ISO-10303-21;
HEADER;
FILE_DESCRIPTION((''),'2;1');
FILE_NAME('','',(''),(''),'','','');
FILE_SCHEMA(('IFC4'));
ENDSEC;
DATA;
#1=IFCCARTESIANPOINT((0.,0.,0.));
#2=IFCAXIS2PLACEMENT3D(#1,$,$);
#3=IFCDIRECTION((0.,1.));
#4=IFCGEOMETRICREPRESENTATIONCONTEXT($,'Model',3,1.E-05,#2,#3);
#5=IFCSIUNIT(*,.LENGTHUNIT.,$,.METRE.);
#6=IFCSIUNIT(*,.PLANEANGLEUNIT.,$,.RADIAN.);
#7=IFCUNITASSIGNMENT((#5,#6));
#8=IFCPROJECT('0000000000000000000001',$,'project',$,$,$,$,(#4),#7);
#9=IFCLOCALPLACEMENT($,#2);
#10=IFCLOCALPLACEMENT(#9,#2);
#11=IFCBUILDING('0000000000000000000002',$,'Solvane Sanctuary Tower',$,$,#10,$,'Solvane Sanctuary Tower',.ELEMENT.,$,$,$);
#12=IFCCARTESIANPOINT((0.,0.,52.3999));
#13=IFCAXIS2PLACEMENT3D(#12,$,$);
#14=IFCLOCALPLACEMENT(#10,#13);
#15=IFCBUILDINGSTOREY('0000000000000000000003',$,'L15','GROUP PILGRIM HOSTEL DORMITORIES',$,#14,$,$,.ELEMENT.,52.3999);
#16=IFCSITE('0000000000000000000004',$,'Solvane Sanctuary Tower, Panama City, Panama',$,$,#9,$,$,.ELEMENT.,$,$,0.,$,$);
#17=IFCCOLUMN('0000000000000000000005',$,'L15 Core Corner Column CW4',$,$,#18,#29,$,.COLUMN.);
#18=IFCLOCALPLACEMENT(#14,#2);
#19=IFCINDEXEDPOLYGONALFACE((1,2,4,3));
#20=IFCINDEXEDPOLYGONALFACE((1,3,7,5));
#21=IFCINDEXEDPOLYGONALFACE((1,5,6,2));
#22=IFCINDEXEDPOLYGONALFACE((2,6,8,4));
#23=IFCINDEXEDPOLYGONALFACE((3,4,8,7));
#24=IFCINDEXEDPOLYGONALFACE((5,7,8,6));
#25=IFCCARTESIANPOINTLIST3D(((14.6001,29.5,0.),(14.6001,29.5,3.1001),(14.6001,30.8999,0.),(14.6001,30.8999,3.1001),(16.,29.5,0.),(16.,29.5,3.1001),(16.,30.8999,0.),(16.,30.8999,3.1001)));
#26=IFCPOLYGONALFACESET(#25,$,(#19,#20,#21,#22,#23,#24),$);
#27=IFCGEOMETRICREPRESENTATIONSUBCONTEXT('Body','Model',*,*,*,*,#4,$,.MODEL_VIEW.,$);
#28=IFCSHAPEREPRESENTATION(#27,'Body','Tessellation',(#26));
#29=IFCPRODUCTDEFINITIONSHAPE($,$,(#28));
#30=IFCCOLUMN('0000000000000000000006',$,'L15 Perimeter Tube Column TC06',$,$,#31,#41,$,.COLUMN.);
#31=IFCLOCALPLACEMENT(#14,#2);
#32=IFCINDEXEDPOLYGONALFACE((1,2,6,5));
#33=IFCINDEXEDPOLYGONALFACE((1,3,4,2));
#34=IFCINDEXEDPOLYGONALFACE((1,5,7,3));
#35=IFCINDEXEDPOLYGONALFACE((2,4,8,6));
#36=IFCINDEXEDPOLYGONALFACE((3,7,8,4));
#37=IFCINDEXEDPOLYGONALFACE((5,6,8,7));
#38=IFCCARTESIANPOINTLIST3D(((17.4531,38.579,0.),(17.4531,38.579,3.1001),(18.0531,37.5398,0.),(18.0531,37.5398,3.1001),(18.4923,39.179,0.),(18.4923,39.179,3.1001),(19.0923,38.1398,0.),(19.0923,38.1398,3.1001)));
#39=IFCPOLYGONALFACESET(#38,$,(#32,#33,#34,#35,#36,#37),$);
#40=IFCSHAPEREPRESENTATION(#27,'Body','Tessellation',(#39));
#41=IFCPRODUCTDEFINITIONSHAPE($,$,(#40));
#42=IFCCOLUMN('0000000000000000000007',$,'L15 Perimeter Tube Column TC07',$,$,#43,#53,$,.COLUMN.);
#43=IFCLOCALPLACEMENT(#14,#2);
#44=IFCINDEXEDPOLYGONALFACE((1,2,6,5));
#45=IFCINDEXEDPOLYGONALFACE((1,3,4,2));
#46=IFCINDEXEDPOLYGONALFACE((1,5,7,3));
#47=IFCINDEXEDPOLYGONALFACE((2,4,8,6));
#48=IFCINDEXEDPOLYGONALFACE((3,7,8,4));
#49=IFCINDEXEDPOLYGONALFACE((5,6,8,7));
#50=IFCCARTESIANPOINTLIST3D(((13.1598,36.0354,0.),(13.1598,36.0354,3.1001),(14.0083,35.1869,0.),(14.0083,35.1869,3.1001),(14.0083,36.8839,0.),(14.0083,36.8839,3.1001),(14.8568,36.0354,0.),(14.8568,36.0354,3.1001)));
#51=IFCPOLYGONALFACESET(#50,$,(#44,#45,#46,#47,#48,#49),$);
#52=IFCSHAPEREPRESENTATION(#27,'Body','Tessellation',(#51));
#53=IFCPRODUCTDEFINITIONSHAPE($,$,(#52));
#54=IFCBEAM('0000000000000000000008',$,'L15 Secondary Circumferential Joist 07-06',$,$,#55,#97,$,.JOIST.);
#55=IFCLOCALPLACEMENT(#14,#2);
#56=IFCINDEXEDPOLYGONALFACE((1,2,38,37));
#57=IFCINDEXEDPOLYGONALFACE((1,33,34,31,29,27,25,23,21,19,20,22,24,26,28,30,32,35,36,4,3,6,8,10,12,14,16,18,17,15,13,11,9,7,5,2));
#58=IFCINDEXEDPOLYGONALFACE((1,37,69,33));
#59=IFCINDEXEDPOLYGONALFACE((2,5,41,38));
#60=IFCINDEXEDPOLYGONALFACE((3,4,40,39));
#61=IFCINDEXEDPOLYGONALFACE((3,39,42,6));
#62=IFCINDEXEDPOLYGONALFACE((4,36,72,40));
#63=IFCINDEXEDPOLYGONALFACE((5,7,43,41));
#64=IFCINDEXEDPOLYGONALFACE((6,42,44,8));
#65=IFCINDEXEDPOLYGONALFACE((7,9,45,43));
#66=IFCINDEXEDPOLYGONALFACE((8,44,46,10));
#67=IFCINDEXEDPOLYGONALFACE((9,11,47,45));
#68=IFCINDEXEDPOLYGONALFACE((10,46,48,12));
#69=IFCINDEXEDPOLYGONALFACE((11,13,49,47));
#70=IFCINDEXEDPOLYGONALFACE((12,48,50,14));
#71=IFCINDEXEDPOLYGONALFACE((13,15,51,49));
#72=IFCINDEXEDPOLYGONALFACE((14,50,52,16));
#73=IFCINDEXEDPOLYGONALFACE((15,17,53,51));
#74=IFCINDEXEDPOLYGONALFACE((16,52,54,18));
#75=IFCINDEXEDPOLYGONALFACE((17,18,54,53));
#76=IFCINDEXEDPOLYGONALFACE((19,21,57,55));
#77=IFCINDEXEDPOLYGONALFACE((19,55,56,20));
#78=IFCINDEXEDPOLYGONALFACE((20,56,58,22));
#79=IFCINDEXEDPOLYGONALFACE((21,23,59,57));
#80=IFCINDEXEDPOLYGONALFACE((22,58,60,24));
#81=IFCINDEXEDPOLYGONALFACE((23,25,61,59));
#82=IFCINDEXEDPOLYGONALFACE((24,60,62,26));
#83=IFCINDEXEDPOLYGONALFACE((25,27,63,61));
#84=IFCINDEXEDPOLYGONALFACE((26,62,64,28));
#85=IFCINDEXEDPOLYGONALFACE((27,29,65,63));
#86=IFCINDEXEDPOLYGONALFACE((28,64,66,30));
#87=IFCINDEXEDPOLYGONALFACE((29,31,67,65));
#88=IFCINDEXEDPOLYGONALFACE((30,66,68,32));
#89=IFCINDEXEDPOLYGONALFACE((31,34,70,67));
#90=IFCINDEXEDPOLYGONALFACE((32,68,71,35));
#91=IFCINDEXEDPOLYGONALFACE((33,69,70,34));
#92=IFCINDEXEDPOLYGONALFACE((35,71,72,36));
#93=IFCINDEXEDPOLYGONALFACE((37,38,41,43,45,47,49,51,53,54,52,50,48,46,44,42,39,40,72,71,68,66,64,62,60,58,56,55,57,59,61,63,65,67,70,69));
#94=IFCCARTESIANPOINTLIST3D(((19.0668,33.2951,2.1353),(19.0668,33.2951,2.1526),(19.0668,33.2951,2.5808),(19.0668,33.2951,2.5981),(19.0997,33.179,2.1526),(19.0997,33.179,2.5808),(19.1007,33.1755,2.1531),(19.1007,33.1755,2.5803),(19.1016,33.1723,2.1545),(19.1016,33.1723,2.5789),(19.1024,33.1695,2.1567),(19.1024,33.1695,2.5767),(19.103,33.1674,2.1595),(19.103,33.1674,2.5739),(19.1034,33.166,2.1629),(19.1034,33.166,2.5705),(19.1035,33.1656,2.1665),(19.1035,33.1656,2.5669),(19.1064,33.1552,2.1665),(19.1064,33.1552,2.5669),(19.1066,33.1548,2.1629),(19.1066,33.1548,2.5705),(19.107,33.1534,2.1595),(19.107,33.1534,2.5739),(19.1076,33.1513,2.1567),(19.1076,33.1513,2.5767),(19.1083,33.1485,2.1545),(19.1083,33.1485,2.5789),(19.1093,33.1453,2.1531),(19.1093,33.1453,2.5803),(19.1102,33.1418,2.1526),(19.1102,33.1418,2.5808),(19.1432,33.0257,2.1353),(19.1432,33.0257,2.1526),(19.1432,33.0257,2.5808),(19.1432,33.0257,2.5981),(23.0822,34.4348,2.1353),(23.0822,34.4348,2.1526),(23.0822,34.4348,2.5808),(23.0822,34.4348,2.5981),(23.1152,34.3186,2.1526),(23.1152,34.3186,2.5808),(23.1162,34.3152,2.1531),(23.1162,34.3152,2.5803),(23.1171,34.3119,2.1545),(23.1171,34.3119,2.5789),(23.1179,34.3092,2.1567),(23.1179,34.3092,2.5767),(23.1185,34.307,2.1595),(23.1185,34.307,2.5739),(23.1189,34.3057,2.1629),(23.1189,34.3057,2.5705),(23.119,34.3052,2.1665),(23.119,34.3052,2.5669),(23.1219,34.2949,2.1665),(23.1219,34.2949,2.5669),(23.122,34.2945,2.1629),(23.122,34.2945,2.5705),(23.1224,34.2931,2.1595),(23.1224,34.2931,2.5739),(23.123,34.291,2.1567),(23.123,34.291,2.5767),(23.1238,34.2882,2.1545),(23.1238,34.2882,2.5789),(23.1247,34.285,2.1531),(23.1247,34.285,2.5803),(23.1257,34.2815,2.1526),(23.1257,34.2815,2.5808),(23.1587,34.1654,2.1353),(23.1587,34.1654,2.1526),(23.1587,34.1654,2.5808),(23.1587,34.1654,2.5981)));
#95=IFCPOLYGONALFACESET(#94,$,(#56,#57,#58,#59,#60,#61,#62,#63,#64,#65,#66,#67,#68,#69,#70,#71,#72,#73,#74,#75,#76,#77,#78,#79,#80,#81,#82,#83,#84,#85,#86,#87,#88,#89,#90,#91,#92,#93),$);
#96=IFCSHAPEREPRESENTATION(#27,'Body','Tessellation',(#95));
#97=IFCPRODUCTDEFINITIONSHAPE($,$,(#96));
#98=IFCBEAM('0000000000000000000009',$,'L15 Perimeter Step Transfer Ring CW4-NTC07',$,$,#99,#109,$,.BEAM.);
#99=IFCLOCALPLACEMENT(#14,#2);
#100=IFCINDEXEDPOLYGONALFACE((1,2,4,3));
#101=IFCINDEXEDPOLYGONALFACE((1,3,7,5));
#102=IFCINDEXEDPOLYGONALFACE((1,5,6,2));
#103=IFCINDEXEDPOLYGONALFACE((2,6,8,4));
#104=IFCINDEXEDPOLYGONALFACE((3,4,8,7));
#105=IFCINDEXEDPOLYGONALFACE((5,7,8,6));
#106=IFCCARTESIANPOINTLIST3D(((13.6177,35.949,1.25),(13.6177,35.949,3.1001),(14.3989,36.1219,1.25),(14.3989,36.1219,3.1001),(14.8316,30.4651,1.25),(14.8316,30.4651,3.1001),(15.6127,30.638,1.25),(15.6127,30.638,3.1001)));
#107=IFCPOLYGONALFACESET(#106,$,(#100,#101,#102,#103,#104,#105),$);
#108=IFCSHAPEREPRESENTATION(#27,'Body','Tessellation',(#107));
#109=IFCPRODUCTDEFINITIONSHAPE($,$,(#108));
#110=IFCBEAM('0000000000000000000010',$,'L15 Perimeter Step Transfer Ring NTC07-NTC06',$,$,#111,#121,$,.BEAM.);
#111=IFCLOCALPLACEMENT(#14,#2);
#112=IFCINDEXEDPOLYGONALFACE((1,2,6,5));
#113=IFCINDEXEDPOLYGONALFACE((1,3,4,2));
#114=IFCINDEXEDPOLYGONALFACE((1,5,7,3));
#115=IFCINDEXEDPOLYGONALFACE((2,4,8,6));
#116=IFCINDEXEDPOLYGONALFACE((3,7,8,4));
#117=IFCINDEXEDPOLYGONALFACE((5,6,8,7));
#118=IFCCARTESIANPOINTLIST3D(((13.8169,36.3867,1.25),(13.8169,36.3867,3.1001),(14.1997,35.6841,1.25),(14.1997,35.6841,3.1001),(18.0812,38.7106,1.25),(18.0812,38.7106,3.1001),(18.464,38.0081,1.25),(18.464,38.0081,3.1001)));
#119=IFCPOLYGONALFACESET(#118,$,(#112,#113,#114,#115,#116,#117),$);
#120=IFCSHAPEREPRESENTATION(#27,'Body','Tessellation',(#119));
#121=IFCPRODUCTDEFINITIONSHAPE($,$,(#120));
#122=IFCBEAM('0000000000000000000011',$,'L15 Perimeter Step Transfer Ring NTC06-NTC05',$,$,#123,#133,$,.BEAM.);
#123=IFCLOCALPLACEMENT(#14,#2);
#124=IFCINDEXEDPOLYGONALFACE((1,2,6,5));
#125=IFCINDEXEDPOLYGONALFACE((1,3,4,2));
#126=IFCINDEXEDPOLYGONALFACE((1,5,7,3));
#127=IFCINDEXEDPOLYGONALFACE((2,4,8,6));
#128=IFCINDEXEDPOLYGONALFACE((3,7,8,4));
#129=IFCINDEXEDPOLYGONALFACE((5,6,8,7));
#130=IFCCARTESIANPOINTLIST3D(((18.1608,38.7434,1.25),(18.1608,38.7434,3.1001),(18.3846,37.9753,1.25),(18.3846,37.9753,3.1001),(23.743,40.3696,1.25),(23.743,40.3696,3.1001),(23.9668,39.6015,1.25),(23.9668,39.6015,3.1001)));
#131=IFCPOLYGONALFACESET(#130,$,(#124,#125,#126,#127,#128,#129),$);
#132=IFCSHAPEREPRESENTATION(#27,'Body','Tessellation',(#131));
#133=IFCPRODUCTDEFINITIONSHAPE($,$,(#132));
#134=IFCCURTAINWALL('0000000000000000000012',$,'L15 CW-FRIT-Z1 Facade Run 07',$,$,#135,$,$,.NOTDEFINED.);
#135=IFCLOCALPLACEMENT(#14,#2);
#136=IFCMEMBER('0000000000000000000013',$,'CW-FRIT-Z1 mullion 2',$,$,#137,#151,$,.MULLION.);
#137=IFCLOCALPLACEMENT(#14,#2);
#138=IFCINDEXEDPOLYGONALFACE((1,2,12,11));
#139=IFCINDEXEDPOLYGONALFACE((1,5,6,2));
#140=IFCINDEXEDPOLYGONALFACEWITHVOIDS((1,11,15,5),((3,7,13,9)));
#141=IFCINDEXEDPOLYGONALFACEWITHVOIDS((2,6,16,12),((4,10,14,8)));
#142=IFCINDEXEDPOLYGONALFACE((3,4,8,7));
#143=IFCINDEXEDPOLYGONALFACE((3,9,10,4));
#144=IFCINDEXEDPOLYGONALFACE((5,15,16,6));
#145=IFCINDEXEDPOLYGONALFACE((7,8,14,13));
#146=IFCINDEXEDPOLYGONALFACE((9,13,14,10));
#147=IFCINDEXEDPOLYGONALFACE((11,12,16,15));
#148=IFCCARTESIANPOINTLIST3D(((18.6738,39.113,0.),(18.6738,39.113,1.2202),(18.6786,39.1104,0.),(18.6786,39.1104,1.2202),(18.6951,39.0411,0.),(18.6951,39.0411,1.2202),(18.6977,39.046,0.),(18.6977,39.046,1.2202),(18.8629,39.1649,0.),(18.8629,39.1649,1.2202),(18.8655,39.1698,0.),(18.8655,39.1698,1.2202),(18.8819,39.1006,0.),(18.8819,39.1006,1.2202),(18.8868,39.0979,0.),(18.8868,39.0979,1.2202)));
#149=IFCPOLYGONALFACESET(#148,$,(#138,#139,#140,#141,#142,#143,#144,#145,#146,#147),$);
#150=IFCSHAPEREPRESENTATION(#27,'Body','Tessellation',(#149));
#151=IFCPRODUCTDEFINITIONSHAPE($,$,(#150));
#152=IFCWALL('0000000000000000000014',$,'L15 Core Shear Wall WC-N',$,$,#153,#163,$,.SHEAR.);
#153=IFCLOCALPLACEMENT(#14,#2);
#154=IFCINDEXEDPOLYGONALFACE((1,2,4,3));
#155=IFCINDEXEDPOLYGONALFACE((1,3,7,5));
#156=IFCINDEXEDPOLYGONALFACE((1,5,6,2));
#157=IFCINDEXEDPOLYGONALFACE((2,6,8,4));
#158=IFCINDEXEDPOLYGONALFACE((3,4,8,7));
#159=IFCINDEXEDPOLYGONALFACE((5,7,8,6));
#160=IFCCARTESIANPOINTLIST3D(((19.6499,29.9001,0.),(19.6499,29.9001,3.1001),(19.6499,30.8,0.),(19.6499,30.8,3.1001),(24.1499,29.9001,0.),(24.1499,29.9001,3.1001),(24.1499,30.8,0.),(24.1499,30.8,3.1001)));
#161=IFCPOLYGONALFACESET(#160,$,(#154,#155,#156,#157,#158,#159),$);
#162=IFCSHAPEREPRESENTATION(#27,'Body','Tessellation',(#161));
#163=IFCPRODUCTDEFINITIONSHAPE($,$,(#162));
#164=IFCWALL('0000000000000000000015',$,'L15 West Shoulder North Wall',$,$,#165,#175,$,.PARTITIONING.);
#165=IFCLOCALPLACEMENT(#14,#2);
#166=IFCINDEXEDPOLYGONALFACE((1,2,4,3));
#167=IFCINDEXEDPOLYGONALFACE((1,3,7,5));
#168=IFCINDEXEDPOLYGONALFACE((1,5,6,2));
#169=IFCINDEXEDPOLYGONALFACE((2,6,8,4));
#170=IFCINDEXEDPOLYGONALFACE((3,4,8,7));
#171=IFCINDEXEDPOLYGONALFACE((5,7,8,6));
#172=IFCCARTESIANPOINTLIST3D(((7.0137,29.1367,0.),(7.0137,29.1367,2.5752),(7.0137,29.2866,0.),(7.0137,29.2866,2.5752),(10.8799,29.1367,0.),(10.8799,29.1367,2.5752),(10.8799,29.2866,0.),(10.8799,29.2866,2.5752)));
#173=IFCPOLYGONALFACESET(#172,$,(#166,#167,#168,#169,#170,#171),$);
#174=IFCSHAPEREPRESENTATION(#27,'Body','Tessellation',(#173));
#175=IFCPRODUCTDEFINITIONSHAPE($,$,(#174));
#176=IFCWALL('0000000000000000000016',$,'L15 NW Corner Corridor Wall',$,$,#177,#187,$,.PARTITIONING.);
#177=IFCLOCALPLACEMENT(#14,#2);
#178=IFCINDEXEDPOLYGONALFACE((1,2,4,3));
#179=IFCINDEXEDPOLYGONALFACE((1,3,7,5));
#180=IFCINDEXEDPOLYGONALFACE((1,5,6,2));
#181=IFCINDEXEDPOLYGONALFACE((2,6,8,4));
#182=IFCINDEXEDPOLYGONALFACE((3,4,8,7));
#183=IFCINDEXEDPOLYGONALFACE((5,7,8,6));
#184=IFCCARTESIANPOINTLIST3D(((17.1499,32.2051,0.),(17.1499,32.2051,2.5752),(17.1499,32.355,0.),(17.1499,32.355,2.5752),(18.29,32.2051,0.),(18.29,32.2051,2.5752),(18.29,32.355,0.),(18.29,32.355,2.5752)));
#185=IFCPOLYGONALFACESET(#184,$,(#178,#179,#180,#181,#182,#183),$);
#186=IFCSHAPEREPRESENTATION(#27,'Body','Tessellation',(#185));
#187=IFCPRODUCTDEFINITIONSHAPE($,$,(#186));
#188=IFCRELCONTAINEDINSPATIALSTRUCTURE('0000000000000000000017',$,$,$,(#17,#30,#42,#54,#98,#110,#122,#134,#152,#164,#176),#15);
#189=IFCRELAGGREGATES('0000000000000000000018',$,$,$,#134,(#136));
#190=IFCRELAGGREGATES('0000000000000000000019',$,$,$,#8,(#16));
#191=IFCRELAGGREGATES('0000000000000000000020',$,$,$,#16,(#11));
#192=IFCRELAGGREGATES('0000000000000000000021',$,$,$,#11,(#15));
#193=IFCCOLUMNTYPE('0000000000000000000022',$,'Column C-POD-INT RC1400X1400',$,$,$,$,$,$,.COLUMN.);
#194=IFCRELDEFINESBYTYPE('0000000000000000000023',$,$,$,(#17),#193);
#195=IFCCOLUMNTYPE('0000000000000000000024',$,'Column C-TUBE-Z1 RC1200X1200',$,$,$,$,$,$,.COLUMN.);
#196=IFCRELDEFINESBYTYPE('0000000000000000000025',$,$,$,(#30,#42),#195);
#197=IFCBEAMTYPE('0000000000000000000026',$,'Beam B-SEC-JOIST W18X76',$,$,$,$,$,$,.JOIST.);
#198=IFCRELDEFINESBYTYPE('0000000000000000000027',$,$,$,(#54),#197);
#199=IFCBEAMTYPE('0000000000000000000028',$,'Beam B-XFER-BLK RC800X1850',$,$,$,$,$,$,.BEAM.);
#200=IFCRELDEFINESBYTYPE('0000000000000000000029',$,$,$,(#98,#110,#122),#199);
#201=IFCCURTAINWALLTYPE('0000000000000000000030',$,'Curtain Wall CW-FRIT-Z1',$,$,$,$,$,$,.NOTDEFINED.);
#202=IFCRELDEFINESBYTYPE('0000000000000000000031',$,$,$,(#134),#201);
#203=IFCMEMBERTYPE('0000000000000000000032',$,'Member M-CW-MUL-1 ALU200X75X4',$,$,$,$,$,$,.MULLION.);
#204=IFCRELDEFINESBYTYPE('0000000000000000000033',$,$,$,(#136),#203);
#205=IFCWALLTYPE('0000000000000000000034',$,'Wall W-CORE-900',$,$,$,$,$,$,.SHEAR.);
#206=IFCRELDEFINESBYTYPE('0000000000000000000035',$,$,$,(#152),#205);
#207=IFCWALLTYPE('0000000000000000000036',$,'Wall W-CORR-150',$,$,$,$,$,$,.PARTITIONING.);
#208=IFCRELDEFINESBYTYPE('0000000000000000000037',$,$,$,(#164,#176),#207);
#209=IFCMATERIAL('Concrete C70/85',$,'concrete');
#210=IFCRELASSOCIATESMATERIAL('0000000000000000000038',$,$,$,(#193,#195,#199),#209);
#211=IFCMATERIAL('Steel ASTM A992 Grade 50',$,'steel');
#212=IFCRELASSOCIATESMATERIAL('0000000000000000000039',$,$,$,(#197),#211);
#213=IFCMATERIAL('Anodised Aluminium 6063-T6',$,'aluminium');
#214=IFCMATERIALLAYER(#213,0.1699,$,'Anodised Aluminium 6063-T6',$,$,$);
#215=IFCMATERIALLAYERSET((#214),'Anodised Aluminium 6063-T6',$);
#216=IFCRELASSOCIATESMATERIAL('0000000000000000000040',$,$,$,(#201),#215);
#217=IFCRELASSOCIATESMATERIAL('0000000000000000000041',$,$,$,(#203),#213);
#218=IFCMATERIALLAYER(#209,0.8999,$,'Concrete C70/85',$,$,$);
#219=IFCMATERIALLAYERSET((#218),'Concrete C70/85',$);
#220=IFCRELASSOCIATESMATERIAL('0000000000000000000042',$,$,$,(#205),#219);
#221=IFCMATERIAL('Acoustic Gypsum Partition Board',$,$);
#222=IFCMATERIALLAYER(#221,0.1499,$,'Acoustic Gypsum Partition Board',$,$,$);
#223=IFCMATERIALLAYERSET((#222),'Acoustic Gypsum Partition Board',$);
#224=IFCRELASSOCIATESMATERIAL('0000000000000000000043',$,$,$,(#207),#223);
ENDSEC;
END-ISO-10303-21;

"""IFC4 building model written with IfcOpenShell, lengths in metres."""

from ifc_helpers import new_model, si_unit, direction, frame, frame_2d, origin, origin_2d, place, context, subcontext, project, spatial, rectangle, hollow_rectangle, i_section, extrude, material, layer, layer_set, material_profile, profile_set, type_object, element, aggregate, save


model = new_model("IFC4")

# Units and contexts
model_context = context("Model", 3, precision=1e-05, world=origin(), true_north=direction((0.0, 1.0)))
body_context = subcontext(model_context, "Body", "Model", "MODEL_VIEW")
ifc_project = project(units=[si_unit("LENGTHUNIT", "METRE"), si_unit("PLANEANGLEUNIT", "RADIAN")], contexts=[model_context])

# Site, building, storey
site_placement = place(None, origin())
site = spatial("IfcSite", under=ifc_project, at=site_placement, Name="Solvane Sanctuary Tower, Panama City, Panama", CompositionType="ELEMENT", RefElevation=0.0)
building_placement = place(site_placement, origin())
building = spatial("IfcBuilding", under=site, at=building_placement, Name="Solvane Sanctuary Tower", LongName="Solvane Sanctuary Tower", CompositionType="ELEMENT")
storey_placement = place(building_placement, frame((0.0, 0.0, 52.3999)))
storey = spatial("IfcBuildingStorey", under=building, at=storey_placement, Name="L15", Description="GROUP PILGRIM HOSTEL DORMITORIES", CompositionType="ELEMENT", Elevation=52.3999)

# Columns
ifc_material_1 = material(Name="Concrete C70/85", Category="concrete")
ifc_material_profile_1 = material_profile(ifc_material_1, rectangle(XDim=1.3999, YDim=1.3999, at=origin_2d()), Name="RC1400X1400")
ifc_profile_set_1 = profile_set([ifc_material_profile_1], Name="Concrete C70/85")
column_type_1 = type_object("IfcColumnType", Name="Column C-POD-INT RC1400X1400", PredefinedType="COLUMN", material=ifc_profile_set_1)
column_placement = place(storey_placement, frame((15.3, 30.2, 0.0), z_axis=(0.0, 0.0, 1.0), x_axis=(1.0, 0.0, 0.0)))
element("IfcColumn", 1, at=column_placement, inside=storey, type_object=column_type_1, Name="L15 Core Corner Column CW4", PredefinedType="COLUMN", context=body_context, shape_type="SweptSolid", body=[
    extrude(rectangle(XDim=1.3999, YDim=1.3999, at=origin_2d()), origin(), (0.0, 0.0, 1.0), 3.1001),
])
ifc_material_profile_2 = material_profile(ifc_material_1, rectangle(XDim=1.2, YDim=1.2, at=origin_2d()), Name="RC1200X1200")
ifc_profile_set_2 = profile_set([ifc_material_profile_2], Name="Concrete C70/85")
column_type_2 = type_object("IfcColumnType", Name="Column C-TUBE-Z1 RC1200X1200", PredefinedType="COLUMN", material=ifc_profile_set_2)
for number, where, z_axis, x_axis, name in (
    (2, (18.2727, 38.3594, 0.0), (0.0, 0.0, 1.0), (-0.5, 0.866025, 0.0), "L15 Perimeter Tube Column TC06"),
    (3, (14.0083, 36.0354, 0.0), (0.0, 0.0, 1.0), (-0.707107, 0.707107, 0.0), "L15 Perimeter Tube Column TC07"),
):
    element("IfcColumn", number, at=place(storey_placement, frame(where, z_axis=z_axis, x_axis=x_axis)), inside=storey, type_object=column_type_2, Name=name, PredefinedType="COLUMN", context=body_context, shape_type="SweptSolid", body=[
        extrude(rectangle(XDim=1.2, YDim=1.2, at=origin_2d()), origin(), (0.0, 0.0, 1.0), 3.1001),
    ])

# Beams
ifc_material_2 = material(Name="Steel ASTM A992 Grade 50", Category="steel")
ifc_material_profile_3 = material_profile(ifc_material_2, i_section(OverallWidth=0.28, OverallDepth=0.4629, WebThickness=0.0107, FlangeThickness=0.0173, FilletRadius=0.0139, at=origin_2d()), Name="W18X76")
ifc_profile_set_3 = profile_set([ifc_material_profile_3], Name="Steel ASTM A992 Grade 50")
beam_type_1 = type_object("IfcBeamType", Name="Beam B-SEC-JOIST W18X76", PredefinedType="JOIST", material=ifc_profile_set_3)
beam_1_placement = place(storey_placement, frame((19.105, 33.1604, 2.3667), z_axis=(0.962004, 0.273037, 0.0), x_axis=(-0.273037, 0.962004, 0.0)))
element("IfcBeam", 4, at=beam_1_placement, inside=storey, type_object=beam_type_1, Name="L15 Secondary Circumferential Joist 07-06", PredefinedType="JOIST", context=body_context, shape_type="SweptSolid", body=[
    extrude(i_section(OverallWidth=0.28, OverallDepth=0.4629, WebThickness=0.0107, FlangeThickness=0.0173, FilletRadius=0.0139, at=origin_2d()), origin(), (0.0, 0.0, 1.0), 4.1741),
])
ifc_material_profile_4 = material_profile(ifc_material_1, rectangle(XDim=0.8, YDim=1.8501, at=origin_2d()), Name="RC800X1850")
ifc_profile_set_4 = profile_set([ifc_material_profile_4], Name="Concrete C70/85")
beam_type_2 = type_object("IfcBeamType", Name="Beam B-XFER-BLK RC800X1850", PredefinedType="BEAM", material=ifc_profile_set_4)
beam_2_placement = place(storey_placement, frame((15.2222, 30.5515, 2.175), z_axis=(-0.21612, 0.976367, 0.0), x_axis=(-0.976367, -0.21612, 0.0)))
element("IfcBeam", 5, at=beam_2_placement, inside=storey, type_object=beam_type_2, Name="L15 Perimeter Step Transfer Ring CW4-NTC07", PredefinedType="BEAM", context=body_context, shape_type="SweptSolid", body=[
    extrude(rectangle(XDim=0.8, YDim=1.8501, at=origin_2d()), origin(), (0.0, 0.0, 1.0), 5.6167),
])
beam_3_placement = place(storey_placement, frame((14.0083, 36.0354, 2.175), z_axis=(0.878074, 0.478525, 0.0), x_axis=(-0.478525, 0.878074, 0.0)))
element("IfcBeam", 6, at=beam_3_placement, inside=storey, type_object=beam_type_2, Name="L15 Perimeter Step Transfer Ring NTC07-NTC06", PredefinedType="BEAM", context=body_context, shape_type="SweptSolid", body=[
    extrude(rectangle(XDim=0.8, YDim=1.8501, at=origin_2d()), origin(), (0.0, 0.0, 1.0), 4.8564),
])
beam_4_placement = place(storey_placement, frame((18.2727, 38.3594, 2.175), z_axis=(0.96009, 0.279692, 0.0), x_axis=(-0.279692, 0.96009, 0.0)))
element("IfcBeam", 7, at=beam_4_placement, inside=storey, type_object=beam_type_2, Name="L15 Perimeter Step Transfer Ring NTC06-NTC05", PredefinedType="BEAM", context=body_context, shape_type="SweptSolid", body=[
    extrude(rectangle(XDim=0.8, YDim=1.8501, at=origin_2d()), origin(), (0.0, 0.0, 1.0), 5.8142),
])

# Curtain wall, member
ifc_material_3 = material(Name="Anodised Aluminium 6063-T6", Category="aluminium")
ifc_layer_1 = layer(ifc_material_3, 0.1699, Name="Anodised Aluminium 6063-T6")
ifc_layer_set_1 = layer_set([ifc_layer_1], Name="Anodised Aluminium 6063-T6")
curtain_wall_type = type_object("IfcCurtainWallType", Name="Curtain Wall CW-FRIT-Z1", PredefinedType="NOTDEFINED", material=ifc_layer_set_1)
curtain_wall_placement = place(storey_placement, origin())
curtain_wall = element("IfcCurtainWall", 8, at=curtain_wall_placement, inside=storey, type_object=curtain_wall_type, Name="L15 CW-FRIT-Z1 Facade Run 07", PredefinedType="NOTDEFINED")
ifc_material_profile_5 = material_profile(ifc_material_3, hollow_rectangle(XDim=0.075, YDim=0.2, WallThickness=0.0039, at=origin_2d()), Name="ALU200X75X4")
ifc_profile_set_5 = profile_set([ifc_material_profile_5], Name="Anodised Aluminium 6063-T6")
member_type = type_object("IfcMemberType", Name="Member M-CW-MUL-1 ALU200X75X4", PredefinedType="MULLION", material=ifc_profile_set_5)
member_placement = place(storey_placement, frame((18.7803, 39.1055, 0.0), z_axis=(0.0, 0.0, 1.0), x_axis=(0.283936, -0.958843, 0.0)))
member = element("IfcMember", 9, at=member_placement, type_object=member_type, Name="CW-FRIT-Z1 mullion 2", PredefinedType="MULLION", context=body_context, shape_type="SweptSolid", body=[
    extrude(hollow_rectangle(XDim=0.075, YDim=0.2, WallThickness=0.0039, at=origin_2d()), origin(), (0.0, 0.0, 1.0), 1.2202),
])
aggregate(curtain_wall, [member])

# Walls
ifc_layer_2 = layer(ifc_material_1, 0.8999, Name="Concrete C70/85")
ifc_layer_set_2 = layer_set([ifc_layer_2], Name="Concrete C70/85")
wall_type_1 = type_object("IfcWallType", Name="Wall W-CORE-900", PredefinedType="SHEAR", material=ifc_layer_set_2)
wall_1_placement = place(storey_placement, frame((19.6499, 30.3501, 0.0), z_axis=(0.0, 0.0, 1.0), x_axis=(1.0, 0.0, 0.0)))
element("IfcWall", 10, at=wall_1_placement, inside=storey, type_object=wall_type_1, Name="L15 Core Shear Wall WC-N", PredefinedType="SHEAR", context=body_context, shape_type="SweptSolid", body=[
    extrude(rectangle(XDim=4.5, YDim=0.8999, at=frame_2d((2.25, 0.0))), origin(), (0.0, 0.0, 1.0), 3.1001),
])
ifc_material_4 = material(Name="Acoustic Gypsum Partition Board")
ifc_layer_3 = layer(ifc_material_4, 0.1499, Name="Acoustic Gypsum Partition Board")
ifc_layer_set_3 = layer_set([ifc_layer_3], Name="Acoustic Gypsum Partition Board")
wall_type_2 = type_object("IfcWallType", Name="Wall W-CORR-150", PredefinedType="PARTITIONING", material=ifc_layer_set_3)
wall_2_placement = place(storey_placement, frame((7.0137, 29.2117, 0.0), z_axis=(0.0, 0.0, 1.0), x_axis=(1.0, 0.0, 0.0)))
element("IfcWall", 11, at=wall_2_placement, inside=storey, type_object=wall_type_2, Name="L15 West Shoulder North Wall", PredefinedType="PARTITIONING", context=body_context, shape_type="SweptSolid", body=[
    extrude(rectangle(XDim=3.8662, YDim=0.1499, at=frame_2d((1.9331, 0.0))), origin(), (0.0, 0.0, 1.0), 2.5752),
])
wall_3_placement = place(storey_placement, frame((17.1499, 32.28, 0.0), z_axis=(0.0, 0.0, 1.0), x_axis=(1.0, 0.0, 0.0)))
element("IfcWall", 12, at=wall_3_placement, inside=storey, type_object=wall_type_2, Name="L15 NW Corner Corridor Wall", PredefinedType="PARTITIONING", context=body_context, shape_type="SweptSolid", body=[
    extrude(rectangle(XDim=1.1401, YDim=0.1499, at=frame_2d((0.5701, 0.0))), origin(), (0.0, 0.0, 1.0), 2.5752),
])

save(model, "model.ifc")
